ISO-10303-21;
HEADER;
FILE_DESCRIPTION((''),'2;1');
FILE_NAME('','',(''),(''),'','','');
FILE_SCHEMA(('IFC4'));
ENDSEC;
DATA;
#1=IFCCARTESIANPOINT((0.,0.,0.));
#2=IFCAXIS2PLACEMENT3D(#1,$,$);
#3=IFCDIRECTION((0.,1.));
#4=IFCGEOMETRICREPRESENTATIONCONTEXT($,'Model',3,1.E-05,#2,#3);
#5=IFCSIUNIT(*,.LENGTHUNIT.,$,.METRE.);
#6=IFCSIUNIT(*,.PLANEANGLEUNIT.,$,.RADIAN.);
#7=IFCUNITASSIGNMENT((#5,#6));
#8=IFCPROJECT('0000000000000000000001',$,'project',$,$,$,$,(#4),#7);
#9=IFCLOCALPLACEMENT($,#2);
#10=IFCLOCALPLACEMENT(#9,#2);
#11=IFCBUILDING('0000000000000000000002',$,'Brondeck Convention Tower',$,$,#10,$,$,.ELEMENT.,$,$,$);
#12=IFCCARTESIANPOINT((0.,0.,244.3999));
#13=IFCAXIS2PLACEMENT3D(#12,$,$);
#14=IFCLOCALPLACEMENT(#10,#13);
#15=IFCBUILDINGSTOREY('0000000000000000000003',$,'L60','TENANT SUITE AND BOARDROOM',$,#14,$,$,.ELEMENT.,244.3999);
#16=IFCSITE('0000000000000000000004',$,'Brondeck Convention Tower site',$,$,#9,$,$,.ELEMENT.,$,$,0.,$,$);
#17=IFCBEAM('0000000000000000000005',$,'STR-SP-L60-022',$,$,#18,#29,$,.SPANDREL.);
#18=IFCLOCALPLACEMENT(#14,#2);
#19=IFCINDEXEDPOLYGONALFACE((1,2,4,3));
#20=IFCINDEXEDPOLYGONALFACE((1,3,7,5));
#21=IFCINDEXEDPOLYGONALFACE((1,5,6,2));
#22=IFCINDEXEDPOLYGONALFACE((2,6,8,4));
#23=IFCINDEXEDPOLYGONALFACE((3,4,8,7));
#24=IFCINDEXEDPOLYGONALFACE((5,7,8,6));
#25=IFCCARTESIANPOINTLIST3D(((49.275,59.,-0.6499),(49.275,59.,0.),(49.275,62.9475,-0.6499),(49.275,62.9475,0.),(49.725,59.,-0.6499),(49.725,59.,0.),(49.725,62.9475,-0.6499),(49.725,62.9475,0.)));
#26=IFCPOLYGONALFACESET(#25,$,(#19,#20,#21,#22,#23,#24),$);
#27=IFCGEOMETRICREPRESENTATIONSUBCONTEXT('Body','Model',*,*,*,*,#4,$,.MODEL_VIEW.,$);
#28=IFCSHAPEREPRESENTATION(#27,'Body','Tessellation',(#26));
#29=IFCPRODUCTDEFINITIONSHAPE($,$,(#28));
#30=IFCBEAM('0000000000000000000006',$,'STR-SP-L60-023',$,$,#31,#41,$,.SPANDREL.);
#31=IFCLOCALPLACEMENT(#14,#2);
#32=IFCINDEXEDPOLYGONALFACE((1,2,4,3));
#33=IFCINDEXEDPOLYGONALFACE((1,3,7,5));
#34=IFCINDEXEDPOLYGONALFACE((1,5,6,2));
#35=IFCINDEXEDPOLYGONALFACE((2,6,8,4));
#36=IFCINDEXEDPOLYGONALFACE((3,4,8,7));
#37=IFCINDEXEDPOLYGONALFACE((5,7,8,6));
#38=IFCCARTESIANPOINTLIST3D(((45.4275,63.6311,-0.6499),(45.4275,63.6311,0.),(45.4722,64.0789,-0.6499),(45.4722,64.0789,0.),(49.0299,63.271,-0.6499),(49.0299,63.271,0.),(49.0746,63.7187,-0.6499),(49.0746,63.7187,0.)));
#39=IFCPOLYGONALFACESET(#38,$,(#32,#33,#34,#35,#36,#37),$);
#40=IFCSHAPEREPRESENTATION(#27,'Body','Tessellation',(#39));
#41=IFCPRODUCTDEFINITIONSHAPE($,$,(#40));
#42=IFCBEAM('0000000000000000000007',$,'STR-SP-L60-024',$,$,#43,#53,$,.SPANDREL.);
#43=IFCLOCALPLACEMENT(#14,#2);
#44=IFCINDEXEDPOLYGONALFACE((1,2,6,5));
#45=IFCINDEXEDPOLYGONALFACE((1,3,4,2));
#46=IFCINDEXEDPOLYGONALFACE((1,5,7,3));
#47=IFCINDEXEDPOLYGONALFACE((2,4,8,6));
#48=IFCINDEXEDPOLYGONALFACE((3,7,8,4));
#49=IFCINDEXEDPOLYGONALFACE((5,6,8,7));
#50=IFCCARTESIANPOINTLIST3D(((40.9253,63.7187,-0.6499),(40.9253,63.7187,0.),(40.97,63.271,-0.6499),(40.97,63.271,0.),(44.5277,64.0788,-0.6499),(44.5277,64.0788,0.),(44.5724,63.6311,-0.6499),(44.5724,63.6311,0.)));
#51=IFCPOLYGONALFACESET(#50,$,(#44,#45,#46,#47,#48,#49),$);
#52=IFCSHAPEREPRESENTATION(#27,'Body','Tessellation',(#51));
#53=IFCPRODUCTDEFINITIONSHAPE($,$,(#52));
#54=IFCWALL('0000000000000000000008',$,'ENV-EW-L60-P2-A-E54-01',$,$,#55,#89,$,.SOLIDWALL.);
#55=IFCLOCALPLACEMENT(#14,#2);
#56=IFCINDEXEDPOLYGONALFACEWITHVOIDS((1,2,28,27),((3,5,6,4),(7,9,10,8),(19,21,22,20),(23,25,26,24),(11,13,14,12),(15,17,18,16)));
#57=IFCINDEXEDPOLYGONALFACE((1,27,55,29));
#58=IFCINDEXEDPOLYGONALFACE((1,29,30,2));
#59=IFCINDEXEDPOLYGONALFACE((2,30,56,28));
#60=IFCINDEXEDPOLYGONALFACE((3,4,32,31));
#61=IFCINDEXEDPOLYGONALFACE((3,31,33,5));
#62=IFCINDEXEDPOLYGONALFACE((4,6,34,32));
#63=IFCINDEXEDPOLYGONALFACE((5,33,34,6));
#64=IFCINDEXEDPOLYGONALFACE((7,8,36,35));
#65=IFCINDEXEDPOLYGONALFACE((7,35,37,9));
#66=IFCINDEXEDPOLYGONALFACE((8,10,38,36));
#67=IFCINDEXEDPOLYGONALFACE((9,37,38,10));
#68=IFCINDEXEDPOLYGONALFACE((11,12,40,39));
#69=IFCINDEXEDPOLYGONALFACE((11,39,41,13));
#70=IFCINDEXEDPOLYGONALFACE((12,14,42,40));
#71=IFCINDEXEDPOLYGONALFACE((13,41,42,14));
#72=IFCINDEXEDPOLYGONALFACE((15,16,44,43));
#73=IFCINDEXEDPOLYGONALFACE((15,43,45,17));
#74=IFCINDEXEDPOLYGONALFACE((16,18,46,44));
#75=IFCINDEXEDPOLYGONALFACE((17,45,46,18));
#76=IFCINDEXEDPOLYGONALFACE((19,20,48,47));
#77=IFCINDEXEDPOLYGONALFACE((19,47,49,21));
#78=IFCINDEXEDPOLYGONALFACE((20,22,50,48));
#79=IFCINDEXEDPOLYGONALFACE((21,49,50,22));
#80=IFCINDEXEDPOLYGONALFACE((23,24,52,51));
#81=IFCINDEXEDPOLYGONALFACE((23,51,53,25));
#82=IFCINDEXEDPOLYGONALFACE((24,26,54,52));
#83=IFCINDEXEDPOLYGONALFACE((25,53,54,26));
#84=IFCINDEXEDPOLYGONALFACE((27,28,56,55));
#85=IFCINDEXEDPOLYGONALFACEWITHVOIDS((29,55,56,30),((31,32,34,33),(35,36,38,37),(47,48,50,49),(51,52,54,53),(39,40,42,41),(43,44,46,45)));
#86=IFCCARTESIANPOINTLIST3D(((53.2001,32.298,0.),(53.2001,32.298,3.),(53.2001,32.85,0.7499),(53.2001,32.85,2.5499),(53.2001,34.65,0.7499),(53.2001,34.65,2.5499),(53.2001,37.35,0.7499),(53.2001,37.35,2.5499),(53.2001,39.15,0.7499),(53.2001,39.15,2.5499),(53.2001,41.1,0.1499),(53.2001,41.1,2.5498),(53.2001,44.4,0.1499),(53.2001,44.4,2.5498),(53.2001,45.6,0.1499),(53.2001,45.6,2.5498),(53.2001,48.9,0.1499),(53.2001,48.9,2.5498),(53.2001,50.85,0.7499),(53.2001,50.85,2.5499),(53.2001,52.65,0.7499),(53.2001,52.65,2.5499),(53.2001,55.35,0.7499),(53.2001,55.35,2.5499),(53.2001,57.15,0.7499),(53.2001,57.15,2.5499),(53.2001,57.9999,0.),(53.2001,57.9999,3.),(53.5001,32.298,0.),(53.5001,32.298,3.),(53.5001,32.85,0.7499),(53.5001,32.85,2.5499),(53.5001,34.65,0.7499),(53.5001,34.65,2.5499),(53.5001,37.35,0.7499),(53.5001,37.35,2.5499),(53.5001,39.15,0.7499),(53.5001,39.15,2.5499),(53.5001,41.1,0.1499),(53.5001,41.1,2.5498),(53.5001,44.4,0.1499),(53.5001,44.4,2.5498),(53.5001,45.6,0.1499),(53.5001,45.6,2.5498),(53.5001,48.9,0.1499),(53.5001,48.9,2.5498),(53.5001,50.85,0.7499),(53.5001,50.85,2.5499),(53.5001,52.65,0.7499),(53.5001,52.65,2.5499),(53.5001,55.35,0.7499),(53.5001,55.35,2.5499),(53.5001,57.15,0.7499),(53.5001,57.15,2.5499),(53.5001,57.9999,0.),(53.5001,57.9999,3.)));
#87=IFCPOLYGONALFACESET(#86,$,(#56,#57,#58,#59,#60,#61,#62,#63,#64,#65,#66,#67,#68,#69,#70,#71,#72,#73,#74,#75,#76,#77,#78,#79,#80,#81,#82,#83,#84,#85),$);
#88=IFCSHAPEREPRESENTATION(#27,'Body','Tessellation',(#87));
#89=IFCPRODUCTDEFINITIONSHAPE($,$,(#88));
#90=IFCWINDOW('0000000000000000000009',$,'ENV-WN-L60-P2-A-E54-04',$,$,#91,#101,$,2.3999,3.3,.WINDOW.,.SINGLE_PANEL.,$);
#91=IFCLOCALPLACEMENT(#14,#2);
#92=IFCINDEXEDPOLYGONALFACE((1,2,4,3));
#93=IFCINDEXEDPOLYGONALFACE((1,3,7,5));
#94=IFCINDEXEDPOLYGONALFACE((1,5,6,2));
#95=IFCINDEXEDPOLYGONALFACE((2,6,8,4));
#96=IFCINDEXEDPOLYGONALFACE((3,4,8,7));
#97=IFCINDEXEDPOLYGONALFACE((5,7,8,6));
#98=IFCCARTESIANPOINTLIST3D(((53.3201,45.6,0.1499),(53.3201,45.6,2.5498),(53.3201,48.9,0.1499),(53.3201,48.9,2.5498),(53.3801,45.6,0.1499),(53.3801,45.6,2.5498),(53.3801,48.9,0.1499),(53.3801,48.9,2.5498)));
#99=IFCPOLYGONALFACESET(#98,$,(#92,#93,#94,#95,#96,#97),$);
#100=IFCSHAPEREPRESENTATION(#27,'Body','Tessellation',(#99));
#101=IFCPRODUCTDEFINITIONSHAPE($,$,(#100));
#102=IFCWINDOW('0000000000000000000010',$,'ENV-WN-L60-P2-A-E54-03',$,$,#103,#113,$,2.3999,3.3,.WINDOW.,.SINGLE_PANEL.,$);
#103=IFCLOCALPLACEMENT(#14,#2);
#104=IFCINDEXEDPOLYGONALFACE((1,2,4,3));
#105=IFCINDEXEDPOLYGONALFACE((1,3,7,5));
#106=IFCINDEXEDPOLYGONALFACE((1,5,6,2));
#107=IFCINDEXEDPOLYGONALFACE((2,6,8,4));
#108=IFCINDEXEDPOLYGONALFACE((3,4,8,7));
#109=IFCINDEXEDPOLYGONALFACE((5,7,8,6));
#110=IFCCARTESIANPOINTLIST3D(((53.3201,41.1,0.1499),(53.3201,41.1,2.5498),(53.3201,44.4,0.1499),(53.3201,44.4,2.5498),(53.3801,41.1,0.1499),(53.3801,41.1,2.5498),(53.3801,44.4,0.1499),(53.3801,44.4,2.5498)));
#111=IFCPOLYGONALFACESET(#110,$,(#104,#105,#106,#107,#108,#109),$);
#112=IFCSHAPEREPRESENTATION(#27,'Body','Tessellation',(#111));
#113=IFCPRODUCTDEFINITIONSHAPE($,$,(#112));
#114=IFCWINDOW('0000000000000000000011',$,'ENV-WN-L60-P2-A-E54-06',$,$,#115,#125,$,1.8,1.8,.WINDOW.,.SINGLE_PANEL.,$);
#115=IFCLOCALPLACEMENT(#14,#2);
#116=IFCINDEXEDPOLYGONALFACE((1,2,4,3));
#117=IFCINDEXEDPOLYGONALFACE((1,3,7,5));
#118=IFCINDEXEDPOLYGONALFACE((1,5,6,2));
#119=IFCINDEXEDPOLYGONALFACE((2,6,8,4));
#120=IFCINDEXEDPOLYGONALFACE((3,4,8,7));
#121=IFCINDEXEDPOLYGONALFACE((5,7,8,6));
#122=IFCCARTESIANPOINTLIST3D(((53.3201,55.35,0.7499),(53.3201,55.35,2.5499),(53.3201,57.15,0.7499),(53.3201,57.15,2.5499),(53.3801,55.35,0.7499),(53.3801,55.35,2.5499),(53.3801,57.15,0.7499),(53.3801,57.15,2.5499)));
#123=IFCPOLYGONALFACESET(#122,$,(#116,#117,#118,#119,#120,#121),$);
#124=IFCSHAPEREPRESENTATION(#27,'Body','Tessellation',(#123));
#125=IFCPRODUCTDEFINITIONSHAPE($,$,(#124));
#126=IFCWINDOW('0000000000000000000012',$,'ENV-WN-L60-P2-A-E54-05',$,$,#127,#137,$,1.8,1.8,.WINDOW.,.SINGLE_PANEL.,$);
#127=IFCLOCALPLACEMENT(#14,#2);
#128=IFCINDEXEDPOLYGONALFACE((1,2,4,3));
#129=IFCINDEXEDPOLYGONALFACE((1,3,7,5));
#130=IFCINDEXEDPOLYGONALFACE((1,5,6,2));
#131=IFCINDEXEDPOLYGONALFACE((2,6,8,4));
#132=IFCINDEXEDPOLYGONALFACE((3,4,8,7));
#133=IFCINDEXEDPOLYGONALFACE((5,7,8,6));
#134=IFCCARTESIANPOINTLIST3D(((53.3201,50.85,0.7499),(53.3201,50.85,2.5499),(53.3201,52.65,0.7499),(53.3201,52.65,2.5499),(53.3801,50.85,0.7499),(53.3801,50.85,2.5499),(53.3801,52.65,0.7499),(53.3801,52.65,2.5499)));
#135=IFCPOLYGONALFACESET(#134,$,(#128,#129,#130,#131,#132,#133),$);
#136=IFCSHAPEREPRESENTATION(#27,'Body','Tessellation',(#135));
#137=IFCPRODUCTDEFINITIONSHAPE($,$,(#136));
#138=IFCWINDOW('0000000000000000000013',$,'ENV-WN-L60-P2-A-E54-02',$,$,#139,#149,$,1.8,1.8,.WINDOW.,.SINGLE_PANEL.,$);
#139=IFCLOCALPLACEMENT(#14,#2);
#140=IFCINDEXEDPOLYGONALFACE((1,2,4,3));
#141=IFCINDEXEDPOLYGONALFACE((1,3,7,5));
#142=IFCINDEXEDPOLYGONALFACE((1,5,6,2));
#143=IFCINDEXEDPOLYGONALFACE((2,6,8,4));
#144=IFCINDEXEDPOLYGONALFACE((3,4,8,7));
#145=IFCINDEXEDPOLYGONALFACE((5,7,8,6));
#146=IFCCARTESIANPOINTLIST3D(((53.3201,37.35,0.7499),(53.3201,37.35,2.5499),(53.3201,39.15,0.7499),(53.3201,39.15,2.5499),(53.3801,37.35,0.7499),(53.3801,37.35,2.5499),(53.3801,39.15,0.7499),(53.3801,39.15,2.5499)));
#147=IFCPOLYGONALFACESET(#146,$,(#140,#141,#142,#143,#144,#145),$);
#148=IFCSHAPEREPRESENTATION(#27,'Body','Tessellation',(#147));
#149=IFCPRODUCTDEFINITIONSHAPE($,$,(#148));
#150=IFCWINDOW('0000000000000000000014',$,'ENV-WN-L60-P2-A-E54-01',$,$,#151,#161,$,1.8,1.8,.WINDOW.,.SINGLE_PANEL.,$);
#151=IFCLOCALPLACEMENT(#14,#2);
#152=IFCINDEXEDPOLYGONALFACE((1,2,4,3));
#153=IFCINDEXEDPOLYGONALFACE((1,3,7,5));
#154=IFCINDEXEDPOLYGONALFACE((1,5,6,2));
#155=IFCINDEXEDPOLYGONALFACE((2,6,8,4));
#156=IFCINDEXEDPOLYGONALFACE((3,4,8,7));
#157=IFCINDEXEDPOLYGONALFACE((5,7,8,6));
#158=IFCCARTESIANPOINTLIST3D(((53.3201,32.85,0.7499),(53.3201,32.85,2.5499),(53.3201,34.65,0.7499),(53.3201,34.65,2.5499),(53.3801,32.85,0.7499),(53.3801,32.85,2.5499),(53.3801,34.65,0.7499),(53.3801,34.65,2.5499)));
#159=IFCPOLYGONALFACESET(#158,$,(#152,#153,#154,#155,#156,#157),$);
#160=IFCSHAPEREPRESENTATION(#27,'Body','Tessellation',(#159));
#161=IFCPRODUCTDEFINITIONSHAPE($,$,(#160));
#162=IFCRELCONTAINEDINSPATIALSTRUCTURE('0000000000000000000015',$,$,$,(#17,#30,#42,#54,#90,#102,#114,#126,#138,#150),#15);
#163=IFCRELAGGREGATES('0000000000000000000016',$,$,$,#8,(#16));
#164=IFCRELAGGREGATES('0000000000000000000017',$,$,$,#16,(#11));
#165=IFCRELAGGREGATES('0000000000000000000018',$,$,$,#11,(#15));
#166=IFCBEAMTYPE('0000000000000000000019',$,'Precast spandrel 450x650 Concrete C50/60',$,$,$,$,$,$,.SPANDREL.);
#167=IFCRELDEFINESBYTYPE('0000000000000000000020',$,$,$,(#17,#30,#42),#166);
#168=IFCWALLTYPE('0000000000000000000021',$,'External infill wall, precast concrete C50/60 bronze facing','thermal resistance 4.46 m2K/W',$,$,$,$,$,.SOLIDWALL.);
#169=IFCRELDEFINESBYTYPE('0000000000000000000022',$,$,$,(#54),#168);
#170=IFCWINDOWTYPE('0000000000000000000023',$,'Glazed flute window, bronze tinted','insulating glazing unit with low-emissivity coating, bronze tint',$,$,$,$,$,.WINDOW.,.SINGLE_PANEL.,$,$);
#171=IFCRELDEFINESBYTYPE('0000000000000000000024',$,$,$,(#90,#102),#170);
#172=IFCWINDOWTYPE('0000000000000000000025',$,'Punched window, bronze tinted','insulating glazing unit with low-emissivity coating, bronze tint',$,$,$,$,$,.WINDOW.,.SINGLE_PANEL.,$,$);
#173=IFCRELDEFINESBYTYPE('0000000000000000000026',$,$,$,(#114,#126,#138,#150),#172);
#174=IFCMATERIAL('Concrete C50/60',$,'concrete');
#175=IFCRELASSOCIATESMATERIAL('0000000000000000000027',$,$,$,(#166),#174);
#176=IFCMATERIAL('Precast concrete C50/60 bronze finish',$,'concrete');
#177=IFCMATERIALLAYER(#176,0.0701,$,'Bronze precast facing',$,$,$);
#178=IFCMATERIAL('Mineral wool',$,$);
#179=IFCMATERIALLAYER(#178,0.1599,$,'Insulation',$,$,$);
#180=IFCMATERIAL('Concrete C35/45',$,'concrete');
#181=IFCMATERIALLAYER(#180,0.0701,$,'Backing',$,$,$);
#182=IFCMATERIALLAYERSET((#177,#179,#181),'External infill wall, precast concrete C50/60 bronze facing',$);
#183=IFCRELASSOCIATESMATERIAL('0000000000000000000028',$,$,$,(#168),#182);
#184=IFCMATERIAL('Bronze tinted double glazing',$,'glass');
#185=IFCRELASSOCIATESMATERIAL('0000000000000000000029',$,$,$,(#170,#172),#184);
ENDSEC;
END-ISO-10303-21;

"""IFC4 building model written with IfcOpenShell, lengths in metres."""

from ifc_helpers import new_model, si_unit, direction, frame, frame_2d, origin, origin_2d, place, context, subcontext, project, spatial, rectangle, extrude, material, layer, layer_set, material_profile, profile_set, type_object, element, fill, save


model = new_model("IFC4")

# Units and contexts
model_context = context("Model", 3, precision=1e-05, world=origin(), true_north=direction((0.0, 1.0)))
body_context = subcontext(model_context, "Body", "Model", "MODEL_VIEW")
ifc_project = project(units=[si_unit("LENGTHUNIT", "METRE"), si_unit("PLANEANGLEUNIT", "RADIAN")], contexts=[model_context])

# Site, building, storey
site_placement = place(None, origin())
site = spatial("IfcSite", under=ifc_project, at=site_placement, Name="Brondeck Convention Tower site", CompositionType="ELEMENT", RefElevation=0.0)
building_placement = place(site_placement, origin())
building = spatial("IfcBuilding", under=site, at=building_placement, Name="Brondeck Convention Tower", CompositionType="ELEMENT")
storey_placement = place(building_placement, frame((0.0, 0.0, 244.3999)))
storey = spatial("IfcBuildingStorey", under=building, at=storey_placement, Name="L60", Description="TENANT SUITE AND BOARDROOM", CompositionType="ELEMENT", Elevation=244.3999)

# Shared definitions
ifc_material_1 = material(Name="Concrete C50/60", Category="concrete")

# Beams
ifc_material_profile_1 = material_profile(ifc_material_1, rectangle(XDim=0.45, YDim=0.6499, at=origin_2d()), Name="Precast spandrel 450x650 Concrete C50/60")
ifc_profile_set_1 = profile_set([ifc_material_profile_1], Name="Concrete C50/60")
beam_type_1 = type_object("IfcBeamType", Name="Precast spandrel 450x650 Concrete C50/60", PredefinedType="SPANDREL", material=ifc_profile_set_1)
beam_1_placement = place(storey_placement, frame((49.5, 59.0, -0.325), z_axis=(0.0, 1.0, 0.0), x_axis=(-1.0, 0.0, 0.0)))
element("IfcBeam", 1, at=beam_1_placement, inside=storey, type_object=beam_type_1, Name="STR-SP-L60-022", PredefinedType="SPANDREL", context=body_context, shape_type="SweptSolid", body=[
    extrude(rectangle(XDim=0.45, YDim=0.6499, at=origin_2d()), origin(), (0.0, 0.0, 1.0), 3.9475),
])
for number, where, z_axis, x_axis, name in (
    (2, (49.0522, 63.4949, -0.325), (-0.995041, 0.09947, 0.0), (-0.09947, -0.995041, 0.0), "STR-SP-L60-023"),
    (3, (44.55, 63.855, -0.325), (-0.995041, -0.09947, 0.0), (0.09947, -0.995041, 0.0), "STR-SP-L60-024"),
):
    element("IfcBeam", number, at=place(storey_placement, frame(where, z_axis=z_axis, x_axis=x_axis)), inside=storey, type_object=beam_type_1, Name=name, PredefinedType="SPANDREL", context=body_context, shape_type="SweptSolid", body=[
        extrude(rectangle(XDim=0.45, YDim=0.6499, at=origin_2d()), origin(), (0.0, 0.0, 1.0), 3.6204),
    ])

# Wall, openings, windows
ifc_material_2 = material(Name="Precast concrete C50/60 bronze finish", Category="concrete")
ifc_layer_1 = layer(ifc_material_2, 0.0701, Name="Bronze precast facing")
ifc_material_3 = material(Name="Mineral wool")
ifc_layer_2 = layer(ifc_material_3, 0.1599, Name="Insulation")
ifc_material_4 = material(Name="Concrete C35/45", Category="concrete")
ifc_layer_3 = layer(ifc_material_4, 0.0701, Name="Backing")
ifc_layer_set_1 = layer_set([ifc_layer_1, ifc_layer_2, ifc_layer_3], Name="External infill wall, precast concrete C50/60 bronze facing")
wall_type_1 = type_object("IfcWallType", Name="External infill wall, precast concrete C50/60 bronze facing", Description="thermal resistance 4.46 m2K/W", PredefinedType="SOLIDWALL", material=ifc_layer_set_1)
wall_1_placement = place(storey_placement, frame((53.3501, 58.0, 0.0), z_axis=(0.0, 0.0, 1.0), x_axis=(0.0, -1.0, 0.0)))
wall_1 = element("IfcWall", 4, at=wall_1_placement, inside=storey, type_object=wall_type_1, Name="ENV-EW-L60-P2-A-E54-01", PredefinedType="SOLIDWALL", context=body_context, shape_type="SweptSolid", body=[
    extrude(rectangle(XDim=25.7019, YDim=0.3, at=frame_2d((12.8511, 0.0))), origin(), (0.0, 0.0, 1.0), 3.0),
])
opening_1_placement = place(wall_1_placement, frame((0.8501, 0.0, 0.75)))
opening_1 = element("IfcOpeningElement", 5, at=opening_1_placement, cuts=wall_1, PredefinedType="OPENING", context=body_context, shape_type="SweptSolid", body=[
    extrude(rectangle(XDim=1.8, YDim=1.8, at=frame_2d((0.8999, 0.8999))), frame((0.0, 0.1599, 0.0), z_axis=(0.0, -1.0, 0.0), x_axis=(1.0, 0.0, 0.0)), (0.0, 0.0, 1.0), 0.3201),
])
opening_2_placement = place(wall_1_placement, frame((5.3501, 0.0, 0.75)))
opening_2 = element("IfcOpeningElement", 6, at=opening_2_placement, cuts=wall_1, PredefinedType="OPENING", context=body_context, shape_type="SweptSolid", body=[
    extrude(rectangle(XDim=1.8, YDim=1.8, at=frame_2d((0.8999, 0.8999))), frame((0.0, 0.1599, 0.0), z_axis=(0.0, -1.0, 0.0), x_axis=(1.0, 0.0, 0.0)), (0.0, 0.0, 1.0), 0.3201),
])
opening_3_placement = place(wall_1_placement, frame((9.1001, 0.0, 0.1499)))
opening_3 = element("IfcOpeningElement", 7, at=opening_3_placement, cuts=wall_1, PredefinedType="OPENING", context=body_context, shape_type="SweptSolid", body=[
    extrude(rectangle(XDim=3.3, YDim=2.3999, at=frame_2d((1.6499, 1.2))), frame((0.0, 0.1599, 0.0), z_axis=(0.0, -1.0, 0.0), x_axis=(1.0, 0.0, 0.0)), (0.0, 0.0, 1.0), 0.3201),
])
opening_4_placement = place(wall_1_placement, frame((13.6001, 0.0, 0.1499)))
opening_4 = element("IfcOpeningElement", 8, at=opening_4_placement, cuts=wall_1, PredefinedType="OPENING", context=body_context, shape_type="SweptSolid", body=[
    extrude(rectangle(XDim=3.3, YDim=2.3999, at=frame_2d((1.6499, 1.2))), frame((0.0, 0.1599, 0.0), z_axis=(0.0, -1.0, 0.0), x_axis=(1.0, 0.0, 0.0)), (0.0, 0.0, 1.0), 0.3201),
])
opening_5_placement = place(wall_1_placement, frame((18.8501, 0.0, 0.75)))
opening_5 = element("IfcOpeningElement", 9, at=opening_5_placement, cuts=wall_1, PredefinedType="OPENING", context=body_context, shape_type="SweptSolid", body=[
    extrude(rectangle(XDim=1.8, YDim=1.8, at=frame_2d((0.8999, 0.8999))), frame((0.0, 0.1599, 0.0), z_axis=(0.0, -1.0, 0.0), x_axis=(1.0, 0.0, 0.0)), (0.0, 0.0, 1.0), 0.3201),
])
opening_6_placement = place(wall_1_placement, frame((23.3501, 0.0, 0.75)))
opening_6 = element("IfcOpeningElement", 10, at=opening_6_placement, cuts=wall_1, PredefinedType="OPENING", context=body_context, shape_type="SweptSolid", body=[
    extrude(rectangle(XDim=1.8, YDim=1.8, at=frame_2d((0.8999, 0.8999))), frame((0.0, 0.1599, 0.0), z_axis=(0.0, -1.0, 0.0), x_axis=(1.0, 0.0, 0.0)), (0.0, 0.0, 1.0), 0.3201),
])
ifc_material_5 = material(Name="Bronze tinted double glazing", Category="glass")
window_type_1 = type_object("IfcWindowType", Name="Glazed flute window, bronze tinted", Description="insulating glazing unit with low-emissivity coating, bronze tint", PartitioningType="SINGLE_PANEL", PredefinedType="WINDOW", material=ifc_material_5)
window_1_placement = place(opening_3_placement, origin())
window_1 = element("IfcWindow", 11, at=window_1_placement, inside=storey, type_object=window_type_1, Name="ENV-WN-L60-P2-A-E54-04", OverallHeight=2.3999, OverallWidth=3.3, PartitioningType="SINGLE_PANEL", PredefinedType="WINDOW", context=body_context, shape_type="SweptSolid", body=[
    extrude(rectangle(XDim=3.3, YDim=2.3999, at=frame_2d((1.6499, 1.2))), frame((0.0, 0.03, 0.0), z_axis=(0.0, -1.0, 0.0), x_axis=(1.0, 0.0, 0.0)), (0.0, 0.0, 1.0), 0.0601),
])
fill(opening_3, window_1)
window_2_placement = place(opening_4_placement, origin())
window_2 = element("IfcWindow", 12, at=window_2_placement, inside=storey, type_object=window_type_1, Name="ENV-WN-L60-P2-A-E54-03", OverallHeight=2.3999, OverallWidth=3.3, PartitioningType="SINGLE_PANEL", PredefinedType="WINDOW", context=body_context, shape_type="SweptSolid", body=[
    extrude(rectangle(XDim=3.3, YDim=2.3999, at=frame_2d((1.6499, 1.2))), frame((0.0, 0.03, 0.0), z_axis=(0.0, -1.0, 0.0), x_axis=(1.0, 0.0, 0.0)), (0.0, 0.0, 1.0), 0.0601),
])
fill(opening_4, window_2)
window_type_2 = type_object("IfcWindowType", Name="Punched window, bronze tinted", Description="insulating glazing unit with low-emissivity coating, bronze tint", PartitioningType="SINGLE_PANEL", PredefinedType="WINDOW", material=ifc_material_5)
window_3_placement = place(opening_1_placement, origin())
window_3 = element("IfcWindow", 13, at=window_3_placement, inside=storey, type_object=window_type_2, Name="ENV-WN-L60-P2-A-E54-06", OverallHeight=1.8, OverallWidth=1.8, PartitioningType="SINGLE_PANEL", PredefinedType="WINDOW", context=body_context, shape_type="SweptSolid", body=[
    extrude(rectangle(XDim=1.8, YDim=1.8, at=frame_2d((0.8999, 0.8999))), frame((0.0, 0.03, 0.0), z_axis=(0.0, -1.0, 0.0), x_axis=(1.0, 0.0, 0.0)), (0.0, 0.0, 1.0), 0.0601),
])
fill(opening_1, window_3)
window_4_placement = place(opening_2_placement, origin())
window_4 = element("IfcWindow", 14, at=window_4_placement, inside=storey, type_object=window_type_2, Name="ENV-WN-L60-P2-A-E54-05", OverallHeight=1.8, OverallWidth=1.8, PartitioningType="SINGLE_PANEL", PredefinedType="WINDOW", context=body_context, shape_type="SweptSolid", body=[
    extrude(rectangle(XDim=1.8, YDim=1.8, at=frame_2d((0.8999, 0.8999))), frame((0.0, 0.03, 0.0), z_axis=(0.0, -1.0, 0.0), x_axis=(1.0, 0.0, 0.0)), (0.0, 0.0, 1.0), 0.0601),
])
fill(opening_2, window_4)
window_5_placement = place(opening_5_placement, origin())
window_5 = element("IfcWindow", 15, at=window_5_placement, inside=storey, type_object=window_type_2, Name="ENV-WN-L60-P2-A-E54-02", OverallHeight=1.8, OverallWidth=1.8, PartitioningType="SINGLE_PANEL", PredefinedType="WINDOW", context=body_context, shape_type="SweptSolid", body=[
    extrude(rectangle(XDim=1.8, YDim=1.8, at=frame_2d((0.8999, 0.8999))), frame((0.0, 0.03, 0.0), z_axis=(0.0, -1.0, 0.0), x_axis=(1.0, 0.0, 0.0)), (0.0, 0.0, 1.0), 0.0601),
])
fill(opening_5, window_5)
window_6_placement = place(opening_6_placement, origin())
window_6 = element("IfcWindow", 16, at=window_6_placement, inside=storey, type_object=window_type_2, Name="ENV-WN-L60-P2-A-E54-01", OverallHeight=1.8, OverallWidth=1.8, PartitioningType="SINGLE_PANEL", PredefinedType="WINDOW", context=body_context, shape_type="SweptSolid", body=[
    extrude(rectangle(XDim=1.8, YDim=1.8, at=frame_2d((0.8999, 0.8999))), frame((0.0, 0.03, 0.0), z_axis=(0.0, -1.0, 0.0), x_axis=(1.0, 0.0, 0.0)), (0.0, 0.0, 1.0), 0.0601),
])
fill(opening_6, window_6)

save(model, "model.ifc")
